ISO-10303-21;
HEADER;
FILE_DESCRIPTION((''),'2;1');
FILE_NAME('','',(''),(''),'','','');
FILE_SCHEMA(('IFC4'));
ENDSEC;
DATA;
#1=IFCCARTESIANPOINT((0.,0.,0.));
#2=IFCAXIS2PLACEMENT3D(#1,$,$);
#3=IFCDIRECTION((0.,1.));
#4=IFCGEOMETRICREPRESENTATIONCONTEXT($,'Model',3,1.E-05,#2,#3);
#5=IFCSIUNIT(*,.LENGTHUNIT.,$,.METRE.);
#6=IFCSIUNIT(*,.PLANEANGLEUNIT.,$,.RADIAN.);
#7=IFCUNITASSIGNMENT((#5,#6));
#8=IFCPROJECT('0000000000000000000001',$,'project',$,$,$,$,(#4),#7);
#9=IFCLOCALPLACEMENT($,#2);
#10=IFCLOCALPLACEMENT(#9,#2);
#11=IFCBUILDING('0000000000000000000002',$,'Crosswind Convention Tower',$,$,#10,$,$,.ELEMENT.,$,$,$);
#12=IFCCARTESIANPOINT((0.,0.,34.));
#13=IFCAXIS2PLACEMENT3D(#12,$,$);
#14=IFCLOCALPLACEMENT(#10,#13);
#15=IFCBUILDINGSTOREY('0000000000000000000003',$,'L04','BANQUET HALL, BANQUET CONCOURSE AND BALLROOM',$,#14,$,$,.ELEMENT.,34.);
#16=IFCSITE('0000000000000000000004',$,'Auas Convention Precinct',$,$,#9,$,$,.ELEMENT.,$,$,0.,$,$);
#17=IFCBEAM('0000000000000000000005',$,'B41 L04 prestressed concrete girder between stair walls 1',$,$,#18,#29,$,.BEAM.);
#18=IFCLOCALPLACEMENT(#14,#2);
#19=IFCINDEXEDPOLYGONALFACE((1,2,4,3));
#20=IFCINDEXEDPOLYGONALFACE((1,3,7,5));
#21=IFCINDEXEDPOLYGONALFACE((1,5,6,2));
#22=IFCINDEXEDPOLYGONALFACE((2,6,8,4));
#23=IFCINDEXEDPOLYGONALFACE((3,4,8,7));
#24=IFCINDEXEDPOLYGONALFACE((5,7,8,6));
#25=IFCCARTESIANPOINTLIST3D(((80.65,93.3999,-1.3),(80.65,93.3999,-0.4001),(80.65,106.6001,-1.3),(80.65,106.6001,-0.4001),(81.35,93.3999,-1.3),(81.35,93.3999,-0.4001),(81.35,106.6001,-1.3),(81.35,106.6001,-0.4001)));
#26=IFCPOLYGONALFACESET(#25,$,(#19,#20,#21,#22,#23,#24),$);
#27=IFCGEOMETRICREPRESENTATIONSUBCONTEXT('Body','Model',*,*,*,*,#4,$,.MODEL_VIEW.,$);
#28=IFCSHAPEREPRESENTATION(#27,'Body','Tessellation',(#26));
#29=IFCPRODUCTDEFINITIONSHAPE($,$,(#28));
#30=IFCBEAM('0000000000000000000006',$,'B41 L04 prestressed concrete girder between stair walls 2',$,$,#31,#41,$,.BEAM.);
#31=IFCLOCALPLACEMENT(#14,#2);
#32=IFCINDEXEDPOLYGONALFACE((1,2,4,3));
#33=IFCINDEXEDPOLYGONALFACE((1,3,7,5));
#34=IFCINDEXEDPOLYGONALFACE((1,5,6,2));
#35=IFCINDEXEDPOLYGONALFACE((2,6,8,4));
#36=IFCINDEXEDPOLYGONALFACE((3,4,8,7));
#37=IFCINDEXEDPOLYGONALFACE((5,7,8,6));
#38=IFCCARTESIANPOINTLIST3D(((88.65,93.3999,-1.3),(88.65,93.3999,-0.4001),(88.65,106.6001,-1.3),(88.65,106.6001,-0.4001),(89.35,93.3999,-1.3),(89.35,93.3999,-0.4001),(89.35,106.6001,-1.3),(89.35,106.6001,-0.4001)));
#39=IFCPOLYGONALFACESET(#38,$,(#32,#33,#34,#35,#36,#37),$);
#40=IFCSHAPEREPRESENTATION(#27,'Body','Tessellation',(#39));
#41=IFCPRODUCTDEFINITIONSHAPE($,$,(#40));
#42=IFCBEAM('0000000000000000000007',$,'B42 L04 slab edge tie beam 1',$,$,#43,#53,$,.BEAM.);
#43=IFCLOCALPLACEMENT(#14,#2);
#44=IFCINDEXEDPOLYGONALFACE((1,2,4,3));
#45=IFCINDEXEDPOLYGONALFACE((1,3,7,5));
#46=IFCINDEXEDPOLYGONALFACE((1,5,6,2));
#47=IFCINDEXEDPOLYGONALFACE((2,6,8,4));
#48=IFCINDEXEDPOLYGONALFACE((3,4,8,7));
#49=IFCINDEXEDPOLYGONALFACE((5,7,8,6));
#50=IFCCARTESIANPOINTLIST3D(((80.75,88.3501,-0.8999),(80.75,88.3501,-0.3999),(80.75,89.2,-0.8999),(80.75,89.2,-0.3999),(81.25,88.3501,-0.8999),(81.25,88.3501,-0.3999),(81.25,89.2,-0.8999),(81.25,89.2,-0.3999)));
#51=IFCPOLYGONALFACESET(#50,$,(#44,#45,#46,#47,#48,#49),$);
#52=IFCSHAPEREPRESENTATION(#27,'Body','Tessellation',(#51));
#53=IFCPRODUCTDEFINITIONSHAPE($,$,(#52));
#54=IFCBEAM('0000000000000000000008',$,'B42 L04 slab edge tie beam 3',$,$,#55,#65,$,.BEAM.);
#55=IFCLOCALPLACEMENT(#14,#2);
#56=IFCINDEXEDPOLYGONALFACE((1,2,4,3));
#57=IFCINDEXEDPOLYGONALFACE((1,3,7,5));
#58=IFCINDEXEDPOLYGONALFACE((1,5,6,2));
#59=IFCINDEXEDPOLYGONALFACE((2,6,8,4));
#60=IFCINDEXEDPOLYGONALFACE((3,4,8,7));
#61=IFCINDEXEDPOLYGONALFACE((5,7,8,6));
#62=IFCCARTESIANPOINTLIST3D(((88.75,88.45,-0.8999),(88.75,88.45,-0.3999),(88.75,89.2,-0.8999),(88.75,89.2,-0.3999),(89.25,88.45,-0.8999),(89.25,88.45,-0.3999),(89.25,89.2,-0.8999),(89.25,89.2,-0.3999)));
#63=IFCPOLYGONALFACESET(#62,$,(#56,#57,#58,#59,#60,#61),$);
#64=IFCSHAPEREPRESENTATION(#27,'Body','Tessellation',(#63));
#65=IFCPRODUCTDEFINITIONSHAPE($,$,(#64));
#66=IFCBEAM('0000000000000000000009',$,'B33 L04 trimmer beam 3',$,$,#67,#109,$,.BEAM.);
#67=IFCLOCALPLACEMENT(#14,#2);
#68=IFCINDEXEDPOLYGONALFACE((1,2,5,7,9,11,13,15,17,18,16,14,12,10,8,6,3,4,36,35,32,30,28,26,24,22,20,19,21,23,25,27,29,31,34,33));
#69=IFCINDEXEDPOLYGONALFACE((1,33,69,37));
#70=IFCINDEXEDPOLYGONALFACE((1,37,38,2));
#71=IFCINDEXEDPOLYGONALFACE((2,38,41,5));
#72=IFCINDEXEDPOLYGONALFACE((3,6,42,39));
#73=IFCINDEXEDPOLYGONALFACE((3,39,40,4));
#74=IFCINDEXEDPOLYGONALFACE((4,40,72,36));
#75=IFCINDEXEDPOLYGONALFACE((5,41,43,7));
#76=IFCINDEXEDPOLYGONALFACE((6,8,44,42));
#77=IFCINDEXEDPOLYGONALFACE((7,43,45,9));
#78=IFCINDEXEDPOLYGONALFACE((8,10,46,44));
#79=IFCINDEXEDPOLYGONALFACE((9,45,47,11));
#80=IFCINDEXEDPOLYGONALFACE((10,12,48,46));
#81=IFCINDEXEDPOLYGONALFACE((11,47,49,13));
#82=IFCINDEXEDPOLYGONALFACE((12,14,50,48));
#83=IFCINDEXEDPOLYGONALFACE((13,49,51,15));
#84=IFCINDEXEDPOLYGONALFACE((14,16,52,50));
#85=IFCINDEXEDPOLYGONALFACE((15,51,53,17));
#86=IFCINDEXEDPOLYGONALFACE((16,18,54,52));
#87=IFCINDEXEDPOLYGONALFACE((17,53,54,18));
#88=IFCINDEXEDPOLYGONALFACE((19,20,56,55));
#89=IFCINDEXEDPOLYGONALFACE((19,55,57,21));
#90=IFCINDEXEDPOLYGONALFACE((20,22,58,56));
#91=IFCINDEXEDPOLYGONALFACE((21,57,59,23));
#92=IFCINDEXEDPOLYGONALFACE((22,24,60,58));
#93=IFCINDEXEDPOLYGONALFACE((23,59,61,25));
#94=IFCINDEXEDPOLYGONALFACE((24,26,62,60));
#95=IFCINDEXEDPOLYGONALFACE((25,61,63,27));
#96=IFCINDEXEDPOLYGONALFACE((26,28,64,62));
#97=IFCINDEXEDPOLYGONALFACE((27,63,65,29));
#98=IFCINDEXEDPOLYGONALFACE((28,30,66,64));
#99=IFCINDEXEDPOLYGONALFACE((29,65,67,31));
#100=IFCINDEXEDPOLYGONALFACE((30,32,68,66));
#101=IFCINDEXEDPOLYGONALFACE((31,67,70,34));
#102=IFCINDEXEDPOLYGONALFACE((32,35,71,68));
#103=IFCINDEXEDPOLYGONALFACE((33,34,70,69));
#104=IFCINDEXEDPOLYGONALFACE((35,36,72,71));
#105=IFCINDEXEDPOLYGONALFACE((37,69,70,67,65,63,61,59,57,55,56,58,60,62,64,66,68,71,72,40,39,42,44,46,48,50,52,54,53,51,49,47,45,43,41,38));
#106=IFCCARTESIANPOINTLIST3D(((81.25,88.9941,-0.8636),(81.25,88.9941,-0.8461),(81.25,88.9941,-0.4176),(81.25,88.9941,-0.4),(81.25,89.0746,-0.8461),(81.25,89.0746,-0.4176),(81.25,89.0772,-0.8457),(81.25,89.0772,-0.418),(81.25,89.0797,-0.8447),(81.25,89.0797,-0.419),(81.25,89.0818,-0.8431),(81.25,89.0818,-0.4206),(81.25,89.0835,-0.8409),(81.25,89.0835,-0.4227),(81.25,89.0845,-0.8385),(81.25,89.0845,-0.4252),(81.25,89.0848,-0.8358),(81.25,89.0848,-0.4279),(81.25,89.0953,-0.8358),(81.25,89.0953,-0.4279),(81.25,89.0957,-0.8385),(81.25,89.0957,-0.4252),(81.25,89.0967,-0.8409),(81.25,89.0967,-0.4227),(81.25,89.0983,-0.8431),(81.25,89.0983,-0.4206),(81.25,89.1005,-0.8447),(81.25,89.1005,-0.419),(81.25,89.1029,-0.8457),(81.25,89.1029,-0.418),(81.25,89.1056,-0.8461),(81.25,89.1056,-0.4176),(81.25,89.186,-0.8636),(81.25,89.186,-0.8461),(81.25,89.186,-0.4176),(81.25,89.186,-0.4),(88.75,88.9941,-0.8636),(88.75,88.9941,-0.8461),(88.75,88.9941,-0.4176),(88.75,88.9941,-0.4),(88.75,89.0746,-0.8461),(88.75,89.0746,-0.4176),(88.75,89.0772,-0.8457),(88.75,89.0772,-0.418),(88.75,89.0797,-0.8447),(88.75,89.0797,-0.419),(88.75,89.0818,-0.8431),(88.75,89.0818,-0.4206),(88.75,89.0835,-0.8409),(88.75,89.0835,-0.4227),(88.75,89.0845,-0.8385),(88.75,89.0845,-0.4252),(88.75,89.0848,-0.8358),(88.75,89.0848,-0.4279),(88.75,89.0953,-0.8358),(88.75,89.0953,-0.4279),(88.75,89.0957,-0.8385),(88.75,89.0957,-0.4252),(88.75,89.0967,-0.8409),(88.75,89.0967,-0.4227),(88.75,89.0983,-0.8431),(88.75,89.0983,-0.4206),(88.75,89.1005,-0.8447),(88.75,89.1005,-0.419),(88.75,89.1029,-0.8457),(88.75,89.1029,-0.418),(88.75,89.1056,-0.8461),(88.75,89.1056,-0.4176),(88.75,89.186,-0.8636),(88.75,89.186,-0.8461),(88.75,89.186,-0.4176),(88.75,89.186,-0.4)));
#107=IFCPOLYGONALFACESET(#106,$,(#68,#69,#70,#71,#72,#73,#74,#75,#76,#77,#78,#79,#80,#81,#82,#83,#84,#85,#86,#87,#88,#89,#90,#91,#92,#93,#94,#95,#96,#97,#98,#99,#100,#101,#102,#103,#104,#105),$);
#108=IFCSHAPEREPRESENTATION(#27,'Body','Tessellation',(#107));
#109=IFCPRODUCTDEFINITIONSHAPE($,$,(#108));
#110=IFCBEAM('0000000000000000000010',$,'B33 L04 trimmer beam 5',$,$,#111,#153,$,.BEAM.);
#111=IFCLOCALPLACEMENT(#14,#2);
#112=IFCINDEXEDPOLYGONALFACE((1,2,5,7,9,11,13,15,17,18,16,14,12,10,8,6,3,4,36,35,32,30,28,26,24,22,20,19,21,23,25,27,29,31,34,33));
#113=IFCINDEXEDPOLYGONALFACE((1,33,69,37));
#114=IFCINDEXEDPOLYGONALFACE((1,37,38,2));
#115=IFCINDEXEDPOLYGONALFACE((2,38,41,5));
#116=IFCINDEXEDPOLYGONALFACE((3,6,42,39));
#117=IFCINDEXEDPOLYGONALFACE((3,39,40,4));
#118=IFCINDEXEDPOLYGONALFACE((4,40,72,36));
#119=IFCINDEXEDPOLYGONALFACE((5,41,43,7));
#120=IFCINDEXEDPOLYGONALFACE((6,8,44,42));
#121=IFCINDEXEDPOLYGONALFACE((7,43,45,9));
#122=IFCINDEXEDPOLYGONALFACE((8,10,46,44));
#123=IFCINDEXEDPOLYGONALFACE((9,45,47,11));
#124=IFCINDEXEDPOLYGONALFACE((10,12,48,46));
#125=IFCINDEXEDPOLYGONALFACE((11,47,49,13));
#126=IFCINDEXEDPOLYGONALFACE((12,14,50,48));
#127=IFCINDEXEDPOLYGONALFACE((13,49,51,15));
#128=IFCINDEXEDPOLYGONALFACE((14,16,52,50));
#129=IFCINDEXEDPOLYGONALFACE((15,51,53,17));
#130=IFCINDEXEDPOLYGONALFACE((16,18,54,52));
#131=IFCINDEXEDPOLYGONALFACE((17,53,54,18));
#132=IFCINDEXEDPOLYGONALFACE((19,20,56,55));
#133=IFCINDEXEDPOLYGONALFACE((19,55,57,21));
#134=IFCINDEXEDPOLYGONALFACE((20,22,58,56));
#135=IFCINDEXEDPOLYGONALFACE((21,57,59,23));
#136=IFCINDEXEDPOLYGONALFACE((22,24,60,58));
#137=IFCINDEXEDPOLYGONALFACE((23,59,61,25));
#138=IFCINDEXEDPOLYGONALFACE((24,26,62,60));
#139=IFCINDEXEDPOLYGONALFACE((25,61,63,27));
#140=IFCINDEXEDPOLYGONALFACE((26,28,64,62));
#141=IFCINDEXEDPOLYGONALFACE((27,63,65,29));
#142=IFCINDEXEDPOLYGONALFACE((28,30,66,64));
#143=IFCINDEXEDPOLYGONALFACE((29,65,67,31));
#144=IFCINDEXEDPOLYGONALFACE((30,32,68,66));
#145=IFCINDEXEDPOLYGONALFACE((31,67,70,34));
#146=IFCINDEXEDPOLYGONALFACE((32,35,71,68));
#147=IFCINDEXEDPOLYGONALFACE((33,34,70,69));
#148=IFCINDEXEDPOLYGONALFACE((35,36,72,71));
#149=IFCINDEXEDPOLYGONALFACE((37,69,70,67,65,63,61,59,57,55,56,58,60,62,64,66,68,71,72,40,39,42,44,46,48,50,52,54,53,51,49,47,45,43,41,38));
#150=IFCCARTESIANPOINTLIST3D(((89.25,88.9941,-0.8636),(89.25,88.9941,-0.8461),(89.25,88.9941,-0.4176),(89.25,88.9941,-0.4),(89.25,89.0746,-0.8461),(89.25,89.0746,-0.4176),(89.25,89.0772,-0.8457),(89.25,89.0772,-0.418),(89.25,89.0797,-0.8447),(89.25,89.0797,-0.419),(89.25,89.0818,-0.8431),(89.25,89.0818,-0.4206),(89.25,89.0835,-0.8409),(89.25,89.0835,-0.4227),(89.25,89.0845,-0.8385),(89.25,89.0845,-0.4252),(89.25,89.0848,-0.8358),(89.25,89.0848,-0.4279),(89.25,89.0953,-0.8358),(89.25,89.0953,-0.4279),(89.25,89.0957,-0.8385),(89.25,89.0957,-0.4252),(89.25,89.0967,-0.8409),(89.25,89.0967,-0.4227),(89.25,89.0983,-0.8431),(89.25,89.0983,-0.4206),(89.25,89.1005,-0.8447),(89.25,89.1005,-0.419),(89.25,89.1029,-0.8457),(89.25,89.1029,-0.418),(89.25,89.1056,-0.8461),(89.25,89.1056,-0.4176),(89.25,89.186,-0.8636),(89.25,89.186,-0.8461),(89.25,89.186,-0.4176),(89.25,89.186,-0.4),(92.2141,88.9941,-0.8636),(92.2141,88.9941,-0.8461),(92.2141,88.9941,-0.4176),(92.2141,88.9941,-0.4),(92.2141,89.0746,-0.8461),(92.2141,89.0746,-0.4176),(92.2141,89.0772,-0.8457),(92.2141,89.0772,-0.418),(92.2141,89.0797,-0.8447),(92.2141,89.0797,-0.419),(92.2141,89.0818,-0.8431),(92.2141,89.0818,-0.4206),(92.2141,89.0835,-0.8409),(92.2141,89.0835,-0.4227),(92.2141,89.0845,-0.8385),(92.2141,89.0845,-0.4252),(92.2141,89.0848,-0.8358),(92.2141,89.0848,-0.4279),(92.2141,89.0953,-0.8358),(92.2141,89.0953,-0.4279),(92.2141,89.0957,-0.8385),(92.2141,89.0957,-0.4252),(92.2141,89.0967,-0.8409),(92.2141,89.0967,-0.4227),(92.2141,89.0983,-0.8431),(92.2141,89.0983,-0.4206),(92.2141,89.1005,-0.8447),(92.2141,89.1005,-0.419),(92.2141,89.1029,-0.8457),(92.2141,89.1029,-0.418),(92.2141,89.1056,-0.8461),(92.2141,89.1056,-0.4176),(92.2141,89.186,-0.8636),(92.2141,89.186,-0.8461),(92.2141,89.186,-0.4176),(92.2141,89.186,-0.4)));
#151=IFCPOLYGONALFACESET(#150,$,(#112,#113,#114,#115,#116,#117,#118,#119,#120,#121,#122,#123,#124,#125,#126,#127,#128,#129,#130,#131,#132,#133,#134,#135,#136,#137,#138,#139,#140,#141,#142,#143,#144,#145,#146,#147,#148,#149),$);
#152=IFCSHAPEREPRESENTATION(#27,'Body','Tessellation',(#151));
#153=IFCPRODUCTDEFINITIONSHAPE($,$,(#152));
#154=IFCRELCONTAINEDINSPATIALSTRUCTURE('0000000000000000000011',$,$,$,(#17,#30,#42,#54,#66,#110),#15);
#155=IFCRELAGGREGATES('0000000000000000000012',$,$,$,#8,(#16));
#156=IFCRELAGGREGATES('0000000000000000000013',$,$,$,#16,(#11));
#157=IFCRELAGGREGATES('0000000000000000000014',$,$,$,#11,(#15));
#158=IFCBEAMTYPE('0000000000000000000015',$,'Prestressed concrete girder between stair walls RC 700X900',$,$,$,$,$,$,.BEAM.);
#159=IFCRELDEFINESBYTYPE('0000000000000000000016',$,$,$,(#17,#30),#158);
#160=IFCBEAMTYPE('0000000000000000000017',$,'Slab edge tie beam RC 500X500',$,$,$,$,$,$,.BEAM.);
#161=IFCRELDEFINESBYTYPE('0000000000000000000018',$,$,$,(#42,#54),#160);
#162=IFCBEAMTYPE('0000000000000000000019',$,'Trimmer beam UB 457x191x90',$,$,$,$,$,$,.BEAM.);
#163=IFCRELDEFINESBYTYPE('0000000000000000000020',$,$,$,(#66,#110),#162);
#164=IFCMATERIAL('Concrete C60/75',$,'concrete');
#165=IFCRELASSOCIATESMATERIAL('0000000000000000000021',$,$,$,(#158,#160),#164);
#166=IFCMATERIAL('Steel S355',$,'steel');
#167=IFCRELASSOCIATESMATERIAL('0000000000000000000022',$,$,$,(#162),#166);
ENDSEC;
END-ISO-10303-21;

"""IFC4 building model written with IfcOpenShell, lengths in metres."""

from ifc_helpers import new_model, si_unit, direction, frame, origin, origin_2d, place, context, subcontext, project, spatial, rectangle, i_section, extrude, material, material_profile, profile_set, type_object, element, save


model = new_model("IFC4")

# Units and contexts
model_context = context("Model", 3, precision=1e-05, world=origin(), true_north=direction((0.0, 1.0)))
body_context = subcontext(model_context, "Body", "Model", "MODEL_VIEW")
ifc_project = project(units=[si_unit("LENGTHUNIT", "METRE"), si_unit("PLANEANGLEUNIT", "RADIAN")], contexts=[model_context])

# Site, building, storey
site_placement = place(None, origin())
site = spatial("IfcSite", under=ifc_project, at=site_placement, Name="Auas Convention Precinct", CompositionType="ELEMENT", RefElevation=0.0)
building_placement = place(site_placement, origin())
building = spatial("IfcBuilding", under=site, at=building_placement, Name="Crosswind Convention Tower", CompositionType="ELEMENT")
storey_placement = place(building_placement, frame((0.0, 0.0, 34.0)))
storey = spatial("IfcBuildingStorey", under=building, at=storey_placement, Name="L04", Description="BANQUET HALL, BANQUET CONCOURSE AND BALLROOM", CompositionType="ELEMENT", Elevation=34.0)

# Beams
ifc_material_1 = material(Name="Concrete C60/75", Category="concrete")
ifc_material_profile_1 = material_profile(ifc_material_1, rectangle(XDim=0.7, YDim=0.8999, at=origin_2d()), Name="RC 700X900")
ifc_profile_set_1 = profile_set([ifc_material_profile_1], Name="Concrete C60/75")
beam_type_1 = type_object("IfcBeamType", Name="Prestressed concrete girder between stair walls RC 700X900", PredefinedType="BEAM", material=ifc_profile_set_1)
for number, where, z_axis, x_axis, name in (
    (1, (81.0, 93.3999, -0.8501), (0.0, 1.0, 0.0), (-1.0, 0.0, 0.0), "B41 L04 prestressed concrete girder between stair walls 1"),
    (2, (89.0, 93.3999, -0.8501), (0.0, 1.0, 0.0), (-1.0, 0.0, 0.0), "B41 L04 prestressed concrete girder between stair walls 2"),
):
    element("IfcBeam", number, at=place(storey_placement, frame(where, z_axis=z_axis, x_axis=x_axis)), inside=storey, type_object=beam_type_1, Name=name, PredefinedType="BEAM", context=body_context, shape_type="SweptSolid", body=[
        extrude(rectangle(XDim=0.7, YDim=0.8999, at=origin_2d()), origin(), (0.0, 0.0, 1.0), 13.2002),
    ])
ifc_material_profile_2 = material_profile(ifc_material_1, rectangle(XDim=0.5, YDim=0.5, at=origin_2d()), Name="RC 500X500")
ifc_profile_set_2 = profile_set([ifc_material_profile_2], Name="Concrete C60/75")
beam_type_2 = type_object("IfcBeamType", Name="Slab edge tie beam RC 500X500", PredefinedType="BEAM", material=ifc_profile_set_2)
beam_1_placement = place(storey_placement, frame((81.0, 88.3501, -0.6499), z_axis=(0.0, 1.0, 0.0), x_axis=(-1.0, 0.0, 0.0)))
element("IfcBeam", 3, at=beam_1_placement, inside=storey, type_object=beam_type_2, Name="B42 L04 slab edge tie beam 1", PredefinedType="BEAM", context=body_context, shape_type="SweptSolid", body=[
    extrude(rectangle(XDim=0.5, YDim=0.5, at=origin_2d()), origin(), (0.0, 0.0, 1.0), 0.8499),
])
beam_2_placement = place(storey_placement, frame((89.0, 88.45, -0.6499), z_axis=(0.0, 1.0, 0.0), x_axis=(-1.0, 0.0, 0.0)))
element("IfcBeam", 4, at=beam_2_placement, inside=storey, type_object=beam_type_2, Name="B42 L04 slab edge tie beam 3", PredefinedType="BEAM", context=body_context, shape_type="SweptSolid", body=[
    extrude(rectangle(XDim=0.5, YDim=0.5, at=origin_2d()), origin(), (0.0, 0.0, 1.0), 0.75),
])
ifc_material_2 = material(Name="Steel S355", Category="steel")
ifc_material_profile_3 = material_profile(ifc_material_2, i_section(OverallWidth=0.1919, OverallDepth=0.4636, WebThickness=0.0105, FlangeThickness=0.0176, FilletRadius=0.0103, at=origin_2d()), Name="UB 457x191x90")
ifc_profile_set_3 = profile_set([ifc_material_profile_3], Name="Steel S355")
beam_type_3 = type_object("IfcBeamType", Name="Trimmer beam UB 457x191x90", PredefinedType="BEAM", material=ifc_profile_set_3)
beam_3_placement = place(storey_placement, frame((88.75, 89.0901, -0.6318), z_axis=(-1.0, 0.0, 0.0), x_axis=(0.0, -1.0, 0.0)))
element("IfcBeam", 5, at=beam_3_placement, inside=storey, type_object=beam_type_3, Name="B33 L04 trimmer beam 3", PredefinedType="BEAM", context=body_context, shape_type="SweptSolid", body=[
    extrude(i_section(OverallWidth=0.1919, OverallDepth=0.4636, WebThickness=0.0105, FlangeThickness=0.0176, FilletRadius=0.0103, at=origin_2d()), origin(), (0.0, 0.0, 1.0), 7.5),
])
beam_4_placement = place(storey_placement, frame((92.2141, 89.0901, -0.6318), z_axis=(-1.0, 0.0, 0.0), x_axis=(0.0, -1.0, 0.0)))
element("IfcBeam", 6, at=beam_4_placement, inside=storey, type_object=beam_type_3, Name="B33 L04 trimmer beam 5", PredefinedType="BEAM", context=body_context, shape_type="SweptSolid", body=[
    extrude(i_section(OverallWidth=0.1919, OverallDepth=0.4636, WebThickness=0.0105, FlangeThickness=0.0176, FilletRadius=0.0103, at=origin_2d()), origin(), (0.0, 0.0, 1.0), 2.9641),
])

save(model, "model.ifc")
